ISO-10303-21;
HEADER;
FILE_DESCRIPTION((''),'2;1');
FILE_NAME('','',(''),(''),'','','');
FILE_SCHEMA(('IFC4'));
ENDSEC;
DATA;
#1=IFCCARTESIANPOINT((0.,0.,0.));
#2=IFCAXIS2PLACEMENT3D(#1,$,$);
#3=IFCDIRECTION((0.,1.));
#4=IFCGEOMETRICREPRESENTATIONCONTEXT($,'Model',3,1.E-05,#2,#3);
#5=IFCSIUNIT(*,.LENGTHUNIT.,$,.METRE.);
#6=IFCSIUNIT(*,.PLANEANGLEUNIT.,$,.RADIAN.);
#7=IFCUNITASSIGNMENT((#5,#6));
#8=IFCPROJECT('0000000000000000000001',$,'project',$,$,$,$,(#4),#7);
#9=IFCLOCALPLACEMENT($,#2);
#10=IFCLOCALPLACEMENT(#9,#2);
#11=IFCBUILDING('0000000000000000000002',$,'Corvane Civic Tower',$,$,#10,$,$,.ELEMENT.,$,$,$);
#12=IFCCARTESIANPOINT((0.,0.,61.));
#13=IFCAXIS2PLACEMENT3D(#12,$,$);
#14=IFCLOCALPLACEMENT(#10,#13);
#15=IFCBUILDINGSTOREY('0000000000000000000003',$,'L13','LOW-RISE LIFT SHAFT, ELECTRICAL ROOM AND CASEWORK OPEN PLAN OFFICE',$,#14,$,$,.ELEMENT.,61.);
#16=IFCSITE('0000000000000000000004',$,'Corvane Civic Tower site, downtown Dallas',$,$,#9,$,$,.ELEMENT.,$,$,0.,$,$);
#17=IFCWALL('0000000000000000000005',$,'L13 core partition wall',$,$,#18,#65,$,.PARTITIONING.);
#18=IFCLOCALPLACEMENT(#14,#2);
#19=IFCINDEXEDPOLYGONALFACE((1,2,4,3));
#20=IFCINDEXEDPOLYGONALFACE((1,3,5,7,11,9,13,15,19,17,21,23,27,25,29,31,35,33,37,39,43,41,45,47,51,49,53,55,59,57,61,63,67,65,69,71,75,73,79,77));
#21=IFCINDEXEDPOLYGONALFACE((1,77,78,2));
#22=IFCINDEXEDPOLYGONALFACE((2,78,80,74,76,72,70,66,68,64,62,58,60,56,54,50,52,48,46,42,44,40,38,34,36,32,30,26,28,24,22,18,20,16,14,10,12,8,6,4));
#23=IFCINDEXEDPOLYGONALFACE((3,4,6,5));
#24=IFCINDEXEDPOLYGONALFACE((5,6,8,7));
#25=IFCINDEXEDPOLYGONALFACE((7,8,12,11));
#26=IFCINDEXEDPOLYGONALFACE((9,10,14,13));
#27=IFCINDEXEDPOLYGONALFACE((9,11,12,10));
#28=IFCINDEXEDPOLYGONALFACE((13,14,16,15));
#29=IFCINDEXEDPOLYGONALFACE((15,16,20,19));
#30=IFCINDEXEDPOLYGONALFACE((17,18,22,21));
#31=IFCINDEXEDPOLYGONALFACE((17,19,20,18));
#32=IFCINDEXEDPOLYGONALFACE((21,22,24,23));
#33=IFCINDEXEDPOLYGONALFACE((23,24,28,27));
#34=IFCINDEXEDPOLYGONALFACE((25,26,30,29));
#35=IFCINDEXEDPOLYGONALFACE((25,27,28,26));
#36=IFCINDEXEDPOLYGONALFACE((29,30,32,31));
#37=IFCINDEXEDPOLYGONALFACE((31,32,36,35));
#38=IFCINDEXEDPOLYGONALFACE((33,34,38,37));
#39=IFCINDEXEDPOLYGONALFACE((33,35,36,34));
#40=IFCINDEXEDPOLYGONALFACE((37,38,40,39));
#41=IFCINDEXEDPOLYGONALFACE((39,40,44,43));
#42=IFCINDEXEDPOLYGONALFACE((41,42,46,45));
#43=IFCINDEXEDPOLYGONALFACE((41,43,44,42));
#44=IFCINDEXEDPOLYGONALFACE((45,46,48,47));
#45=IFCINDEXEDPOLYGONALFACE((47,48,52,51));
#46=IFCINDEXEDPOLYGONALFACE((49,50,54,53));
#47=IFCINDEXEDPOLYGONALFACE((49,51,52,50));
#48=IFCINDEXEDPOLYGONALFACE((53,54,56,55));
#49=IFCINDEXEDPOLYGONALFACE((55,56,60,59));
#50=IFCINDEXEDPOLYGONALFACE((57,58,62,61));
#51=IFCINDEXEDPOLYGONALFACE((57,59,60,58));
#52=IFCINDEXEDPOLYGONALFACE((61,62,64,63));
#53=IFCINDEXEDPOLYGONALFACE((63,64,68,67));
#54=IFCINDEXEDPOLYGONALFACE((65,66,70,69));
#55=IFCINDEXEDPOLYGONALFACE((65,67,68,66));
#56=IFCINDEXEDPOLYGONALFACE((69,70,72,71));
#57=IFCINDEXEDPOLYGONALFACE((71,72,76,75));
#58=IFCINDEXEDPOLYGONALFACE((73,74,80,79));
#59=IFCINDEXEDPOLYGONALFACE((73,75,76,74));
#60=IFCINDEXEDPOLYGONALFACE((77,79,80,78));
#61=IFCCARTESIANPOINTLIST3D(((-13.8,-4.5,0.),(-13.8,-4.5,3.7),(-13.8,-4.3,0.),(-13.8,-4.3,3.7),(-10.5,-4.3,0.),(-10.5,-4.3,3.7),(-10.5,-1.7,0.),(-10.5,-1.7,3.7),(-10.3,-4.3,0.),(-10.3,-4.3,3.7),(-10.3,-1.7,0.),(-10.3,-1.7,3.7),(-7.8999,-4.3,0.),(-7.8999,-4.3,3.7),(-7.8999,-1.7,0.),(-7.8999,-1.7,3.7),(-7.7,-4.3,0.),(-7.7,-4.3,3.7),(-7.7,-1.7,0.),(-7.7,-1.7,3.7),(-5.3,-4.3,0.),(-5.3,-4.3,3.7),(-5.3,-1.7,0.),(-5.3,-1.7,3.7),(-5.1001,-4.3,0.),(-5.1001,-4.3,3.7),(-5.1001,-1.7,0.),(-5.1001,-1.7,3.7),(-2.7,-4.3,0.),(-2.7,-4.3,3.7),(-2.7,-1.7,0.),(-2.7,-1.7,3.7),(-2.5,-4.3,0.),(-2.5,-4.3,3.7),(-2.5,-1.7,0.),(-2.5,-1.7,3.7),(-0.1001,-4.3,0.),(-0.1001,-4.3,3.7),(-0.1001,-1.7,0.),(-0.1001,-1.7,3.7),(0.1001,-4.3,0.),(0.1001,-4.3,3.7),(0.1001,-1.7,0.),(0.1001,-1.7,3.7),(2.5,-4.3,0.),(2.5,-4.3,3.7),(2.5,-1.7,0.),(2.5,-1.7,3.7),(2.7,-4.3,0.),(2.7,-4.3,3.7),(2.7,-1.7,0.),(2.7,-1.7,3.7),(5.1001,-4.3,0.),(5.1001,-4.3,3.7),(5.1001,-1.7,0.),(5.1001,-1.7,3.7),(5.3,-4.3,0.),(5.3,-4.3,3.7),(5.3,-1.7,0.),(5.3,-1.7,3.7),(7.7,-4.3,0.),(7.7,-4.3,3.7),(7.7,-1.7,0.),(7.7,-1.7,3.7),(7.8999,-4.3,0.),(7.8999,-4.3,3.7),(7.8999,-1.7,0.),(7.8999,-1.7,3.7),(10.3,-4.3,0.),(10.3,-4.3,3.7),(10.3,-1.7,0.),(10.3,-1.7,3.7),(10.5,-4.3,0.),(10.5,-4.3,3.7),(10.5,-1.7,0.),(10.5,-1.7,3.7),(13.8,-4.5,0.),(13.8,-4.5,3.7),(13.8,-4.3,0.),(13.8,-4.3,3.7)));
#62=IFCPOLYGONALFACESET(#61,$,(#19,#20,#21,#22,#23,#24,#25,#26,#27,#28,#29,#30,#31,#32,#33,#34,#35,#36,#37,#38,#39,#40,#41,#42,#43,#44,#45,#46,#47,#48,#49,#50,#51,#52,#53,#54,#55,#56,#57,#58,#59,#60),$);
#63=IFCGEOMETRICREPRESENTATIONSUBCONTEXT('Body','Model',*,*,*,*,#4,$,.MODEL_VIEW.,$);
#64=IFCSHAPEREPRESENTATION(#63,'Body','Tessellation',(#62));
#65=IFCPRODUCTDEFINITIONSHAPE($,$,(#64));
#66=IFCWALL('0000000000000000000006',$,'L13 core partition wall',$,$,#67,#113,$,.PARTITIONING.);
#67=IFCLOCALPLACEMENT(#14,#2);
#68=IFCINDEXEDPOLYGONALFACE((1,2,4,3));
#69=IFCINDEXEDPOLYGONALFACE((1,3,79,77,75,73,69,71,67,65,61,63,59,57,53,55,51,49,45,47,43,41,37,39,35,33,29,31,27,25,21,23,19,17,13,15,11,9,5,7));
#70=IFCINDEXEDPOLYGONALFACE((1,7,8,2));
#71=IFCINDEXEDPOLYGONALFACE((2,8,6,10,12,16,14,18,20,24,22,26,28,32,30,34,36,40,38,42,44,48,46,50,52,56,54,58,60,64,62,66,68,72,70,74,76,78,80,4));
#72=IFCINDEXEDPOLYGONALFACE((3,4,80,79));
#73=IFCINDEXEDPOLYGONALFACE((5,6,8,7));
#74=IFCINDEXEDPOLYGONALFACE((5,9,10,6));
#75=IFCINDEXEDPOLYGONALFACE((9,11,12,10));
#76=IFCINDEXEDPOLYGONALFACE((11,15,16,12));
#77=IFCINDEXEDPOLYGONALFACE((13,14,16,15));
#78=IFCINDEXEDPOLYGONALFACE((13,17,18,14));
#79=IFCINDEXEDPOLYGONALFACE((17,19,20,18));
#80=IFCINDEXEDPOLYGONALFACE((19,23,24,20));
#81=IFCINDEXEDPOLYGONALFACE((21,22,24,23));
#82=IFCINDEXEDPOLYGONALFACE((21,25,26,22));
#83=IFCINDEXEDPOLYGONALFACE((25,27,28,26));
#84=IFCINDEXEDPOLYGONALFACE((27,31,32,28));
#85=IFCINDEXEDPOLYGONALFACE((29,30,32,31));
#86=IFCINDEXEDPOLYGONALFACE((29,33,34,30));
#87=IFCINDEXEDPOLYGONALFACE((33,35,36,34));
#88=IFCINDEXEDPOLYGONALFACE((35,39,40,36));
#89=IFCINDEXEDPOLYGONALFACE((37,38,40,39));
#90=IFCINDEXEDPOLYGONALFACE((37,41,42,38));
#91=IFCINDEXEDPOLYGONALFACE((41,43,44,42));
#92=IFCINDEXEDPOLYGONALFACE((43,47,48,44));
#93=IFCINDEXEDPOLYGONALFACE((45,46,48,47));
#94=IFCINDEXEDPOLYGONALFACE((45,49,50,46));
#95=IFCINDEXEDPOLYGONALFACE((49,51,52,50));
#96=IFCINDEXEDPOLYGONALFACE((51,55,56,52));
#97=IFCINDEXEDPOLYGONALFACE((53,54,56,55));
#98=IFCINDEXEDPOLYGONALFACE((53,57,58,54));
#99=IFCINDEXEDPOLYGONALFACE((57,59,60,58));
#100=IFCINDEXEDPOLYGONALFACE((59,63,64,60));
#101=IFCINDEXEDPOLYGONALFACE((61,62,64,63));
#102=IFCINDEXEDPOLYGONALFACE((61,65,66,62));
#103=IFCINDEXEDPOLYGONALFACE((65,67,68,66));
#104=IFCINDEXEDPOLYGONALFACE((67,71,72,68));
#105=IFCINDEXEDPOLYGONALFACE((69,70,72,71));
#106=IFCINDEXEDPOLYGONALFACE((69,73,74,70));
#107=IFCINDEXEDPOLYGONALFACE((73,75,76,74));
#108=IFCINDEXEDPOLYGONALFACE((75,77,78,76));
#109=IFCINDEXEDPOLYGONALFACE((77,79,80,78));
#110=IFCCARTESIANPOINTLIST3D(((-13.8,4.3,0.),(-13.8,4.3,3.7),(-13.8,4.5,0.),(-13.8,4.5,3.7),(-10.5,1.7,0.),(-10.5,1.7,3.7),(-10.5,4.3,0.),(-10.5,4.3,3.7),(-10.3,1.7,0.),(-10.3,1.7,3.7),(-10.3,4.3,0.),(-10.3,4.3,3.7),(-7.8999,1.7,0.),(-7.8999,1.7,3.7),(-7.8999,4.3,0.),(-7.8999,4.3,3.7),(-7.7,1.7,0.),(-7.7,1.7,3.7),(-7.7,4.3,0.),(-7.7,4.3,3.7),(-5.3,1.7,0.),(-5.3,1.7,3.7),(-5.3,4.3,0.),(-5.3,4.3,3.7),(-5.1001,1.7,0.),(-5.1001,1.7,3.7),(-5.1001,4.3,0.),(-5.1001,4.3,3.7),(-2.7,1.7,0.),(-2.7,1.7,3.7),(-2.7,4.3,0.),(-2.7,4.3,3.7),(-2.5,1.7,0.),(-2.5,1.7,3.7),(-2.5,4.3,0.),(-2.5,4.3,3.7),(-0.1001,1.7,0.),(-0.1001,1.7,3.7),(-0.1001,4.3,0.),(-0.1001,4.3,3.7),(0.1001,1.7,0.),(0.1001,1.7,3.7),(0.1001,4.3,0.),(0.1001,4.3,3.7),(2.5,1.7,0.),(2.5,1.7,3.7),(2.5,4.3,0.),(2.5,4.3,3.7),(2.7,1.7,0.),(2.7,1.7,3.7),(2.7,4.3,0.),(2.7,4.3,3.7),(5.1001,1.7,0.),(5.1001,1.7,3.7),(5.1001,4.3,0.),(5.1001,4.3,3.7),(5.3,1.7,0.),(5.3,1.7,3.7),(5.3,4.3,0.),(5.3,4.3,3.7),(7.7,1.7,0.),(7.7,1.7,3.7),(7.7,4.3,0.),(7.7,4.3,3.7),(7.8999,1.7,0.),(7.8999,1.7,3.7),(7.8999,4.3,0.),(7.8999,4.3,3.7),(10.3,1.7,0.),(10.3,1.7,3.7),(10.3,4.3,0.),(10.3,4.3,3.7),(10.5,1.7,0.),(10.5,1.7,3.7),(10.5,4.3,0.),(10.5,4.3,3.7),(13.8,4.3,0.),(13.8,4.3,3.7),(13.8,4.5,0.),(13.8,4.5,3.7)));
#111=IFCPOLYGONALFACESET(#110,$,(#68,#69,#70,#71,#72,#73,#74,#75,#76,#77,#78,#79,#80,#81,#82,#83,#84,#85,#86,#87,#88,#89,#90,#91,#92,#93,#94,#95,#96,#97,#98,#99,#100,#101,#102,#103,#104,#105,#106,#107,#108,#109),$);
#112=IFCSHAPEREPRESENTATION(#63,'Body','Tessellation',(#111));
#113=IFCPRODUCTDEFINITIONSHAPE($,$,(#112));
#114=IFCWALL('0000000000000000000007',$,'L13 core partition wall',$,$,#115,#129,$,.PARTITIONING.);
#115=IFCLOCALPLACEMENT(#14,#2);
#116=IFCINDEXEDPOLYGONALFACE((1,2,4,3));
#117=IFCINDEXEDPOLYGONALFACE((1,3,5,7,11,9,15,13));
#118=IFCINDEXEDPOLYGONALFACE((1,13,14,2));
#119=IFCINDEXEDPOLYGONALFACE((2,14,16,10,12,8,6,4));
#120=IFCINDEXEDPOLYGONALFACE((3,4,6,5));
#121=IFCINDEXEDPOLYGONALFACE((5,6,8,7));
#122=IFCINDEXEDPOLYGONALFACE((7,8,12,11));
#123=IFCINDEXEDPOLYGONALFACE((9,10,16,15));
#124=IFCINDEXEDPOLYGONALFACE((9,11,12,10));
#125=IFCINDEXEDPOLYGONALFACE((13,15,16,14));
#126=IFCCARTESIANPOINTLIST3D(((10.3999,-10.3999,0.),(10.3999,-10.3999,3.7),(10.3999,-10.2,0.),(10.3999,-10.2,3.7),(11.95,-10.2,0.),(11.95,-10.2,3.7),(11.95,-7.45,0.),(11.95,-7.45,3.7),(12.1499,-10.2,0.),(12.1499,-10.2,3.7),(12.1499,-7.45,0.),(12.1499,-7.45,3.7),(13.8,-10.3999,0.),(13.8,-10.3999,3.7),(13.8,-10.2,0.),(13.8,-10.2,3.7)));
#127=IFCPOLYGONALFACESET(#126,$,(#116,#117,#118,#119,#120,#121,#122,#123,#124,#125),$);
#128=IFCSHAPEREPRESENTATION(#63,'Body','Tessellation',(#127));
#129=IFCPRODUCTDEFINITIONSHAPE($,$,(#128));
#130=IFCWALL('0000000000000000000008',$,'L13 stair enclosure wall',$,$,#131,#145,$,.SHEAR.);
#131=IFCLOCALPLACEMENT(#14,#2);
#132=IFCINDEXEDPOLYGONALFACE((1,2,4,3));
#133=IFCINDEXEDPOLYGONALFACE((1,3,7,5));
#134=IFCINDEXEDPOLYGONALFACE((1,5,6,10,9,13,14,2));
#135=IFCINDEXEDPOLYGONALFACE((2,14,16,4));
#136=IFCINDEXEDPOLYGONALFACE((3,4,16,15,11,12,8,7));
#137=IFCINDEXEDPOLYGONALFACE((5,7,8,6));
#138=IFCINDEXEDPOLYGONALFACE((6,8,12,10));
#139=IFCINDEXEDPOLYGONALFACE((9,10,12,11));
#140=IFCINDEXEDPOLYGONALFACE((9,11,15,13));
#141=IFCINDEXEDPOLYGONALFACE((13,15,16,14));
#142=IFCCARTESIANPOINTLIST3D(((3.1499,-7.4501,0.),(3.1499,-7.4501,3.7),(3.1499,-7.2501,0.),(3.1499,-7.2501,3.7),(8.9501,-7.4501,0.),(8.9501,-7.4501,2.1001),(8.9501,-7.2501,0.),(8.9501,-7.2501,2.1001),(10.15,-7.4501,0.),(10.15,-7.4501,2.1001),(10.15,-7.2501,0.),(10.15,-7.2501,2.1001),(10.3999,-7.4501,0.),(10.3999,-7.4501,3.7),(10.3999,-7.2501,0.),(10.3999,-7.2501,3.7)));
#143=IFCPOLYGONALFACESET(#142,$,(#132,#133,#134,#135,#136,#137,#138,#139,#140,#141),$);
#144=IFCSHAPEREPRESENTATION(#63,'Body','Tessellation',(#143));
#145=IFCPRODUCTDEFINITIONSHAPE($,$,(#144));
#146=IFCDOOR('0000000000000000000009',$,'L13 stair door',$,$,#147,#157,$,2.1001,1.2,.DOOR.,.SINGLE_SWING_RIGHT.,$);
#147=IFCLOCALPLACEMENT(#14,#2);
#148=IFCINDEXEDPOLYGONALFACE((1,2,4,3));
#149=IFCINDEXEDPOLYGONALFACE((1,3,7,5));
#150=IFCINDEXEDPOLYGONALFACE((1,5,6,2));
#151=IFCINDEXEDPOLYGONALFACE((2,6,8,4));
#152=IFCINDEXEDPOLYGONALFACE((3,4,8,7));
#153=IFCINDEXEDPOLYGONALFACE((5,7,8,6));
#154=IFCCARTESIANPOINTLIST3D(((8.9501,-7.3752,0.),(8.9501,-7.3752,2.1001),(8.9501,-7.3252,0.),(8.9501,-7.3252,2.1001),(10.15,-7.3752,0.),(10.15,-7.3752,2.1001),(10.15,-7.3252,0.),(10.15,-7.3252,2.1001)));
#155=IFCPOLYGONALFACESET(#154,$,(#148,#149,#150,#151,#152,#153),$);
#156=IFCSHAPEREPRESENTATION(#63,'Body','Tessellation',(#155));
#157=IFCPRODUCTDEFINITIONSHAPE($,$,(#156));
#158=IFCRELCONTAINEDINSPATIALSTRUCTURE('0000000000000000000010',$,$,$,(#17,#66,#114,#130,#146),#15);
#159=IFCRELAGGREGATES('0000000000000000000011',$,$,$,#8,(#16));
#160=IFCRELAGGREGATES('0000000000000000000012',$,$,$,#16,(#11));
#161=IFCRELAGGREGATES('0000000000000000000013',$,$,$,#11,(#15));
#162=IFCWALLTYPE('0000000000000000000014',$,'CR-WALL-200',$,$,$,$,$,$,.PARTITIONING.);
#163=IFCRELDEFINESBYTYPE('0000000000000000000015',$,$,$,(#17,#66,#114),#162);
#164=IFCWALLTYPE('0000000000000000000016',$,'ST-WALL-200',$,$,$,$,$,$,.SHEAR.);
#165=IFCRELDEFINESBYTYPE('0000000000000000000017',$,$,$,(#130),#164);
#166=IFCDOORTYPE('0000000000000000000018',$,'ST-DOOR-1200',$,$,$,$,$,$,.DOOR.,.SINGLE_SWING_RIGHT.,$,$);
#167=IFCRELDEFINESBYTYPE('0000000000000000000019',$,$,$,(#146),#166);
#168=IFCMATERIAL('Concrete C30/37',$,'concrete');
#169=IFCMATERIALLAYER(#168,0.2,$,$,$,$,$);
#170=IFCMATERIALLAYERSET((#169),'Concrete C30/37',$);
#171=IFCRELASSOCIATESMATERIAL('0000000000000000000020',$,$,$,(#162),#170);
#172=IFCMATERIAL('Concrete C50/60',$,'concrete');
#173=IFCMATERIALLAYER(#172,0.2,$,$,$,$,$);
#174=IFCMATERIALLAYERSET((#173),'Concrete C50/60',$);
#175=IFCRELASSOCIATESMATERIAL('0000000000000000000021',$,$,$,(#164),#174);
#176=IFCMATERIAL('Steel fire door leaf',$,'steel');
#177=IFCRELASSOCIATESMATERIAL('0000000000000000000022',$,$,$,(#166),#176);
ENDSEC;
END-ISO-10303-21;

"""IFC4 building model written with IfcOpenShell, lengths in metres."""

from ifc_helpers import new_model, si_unit, direction, frame, frame_2d, origin, place, context, subcontext, project, spatial, polyline, rectangle, outline, extrude, material, layer, layer_set, type_object, element, fill, save


model = new_model("IFC4")

# Units and contexts
model_context = context("Model", 3, precision=1e-05, world=origin(), true_north=direction((0.0, 1.0)))
body_context = subcontext(model_context, "Body", "Model", "MODEL_VIEW")
ifc_project = project(units=[si_unit("LENGTHUNIT", "METRE"), si_unit("PLANEANGLEUNIT", "RADIAN")], contexts=[model_context])

# Site, building, storey
site_placement = place(None, origin())
site = spatial("IfcSite", under=ifc_project, at=site_placement, Name="Corvane Civic Tower site, downtown Dallas", CompositionType="ELEMENT", RefElevation=0.0)
building_placement = place(site_placement, origin())
building = spatial("IfcBuilding", under=site, at=building_placement, Name="Corvane Civic Tower", CompositionType="ELEMENT")
storey_placement = place(building_placement, frame((0.0, 0.0, 61.0)))
storey = spatial("IfcBuildingStorey", under=building, at=storey_placement, Name="L13", Description="LOW-RISE LIFT SHAFT, ELECTRICAL ROOM AND CASEWORK OPEN PLAN OFFICE", CompositionType="ELEMENT", Elevation=61.0)

# Shared definitions
ifc_material_1 = material(Name="Concrete C30/37", Category="concrete")
ifc_layer_1 = layer(ifc_material_1, 0.2)
ifc_layer_set_1 = layer_set([ifc_layer_1], Name="Concrete C30/37")
wall_type_1 = type_object("IfcWallType", Name="CR-WALL-200", PredefinedType="PARTITIONING", material=ifc_layer_set_1)

# Walls
wall_1_placement = place(storey_placement, origin())
element("IfcWall", 1, at=wall_1_placement, inside=storey, type_object=wall_type_1, Name="L13 core partition wall", PredefinedType="PARTITIONING", context=body_context, shape_type="SweptSolid", body=[
    extrude(outline(polyline([(-10.3, -1.7), (-10.3, -4.3), (-7.8999, -4.3), (-7.8999, -1.7), (-7.7, -1.7), (-7.7, -4.3), (-5.3, -4.3), (-5.3, -1.7), (-5.1001, -1.7), (-5.1001, -4.3), (-2.7, -4.3), (-2.7, -1.7), (-2.5, -1.7), (-2.5, -4.3), (-0.1001, -4.3), (-0.1001, -1.7), (0.1001, -1.7), (0.1001, -4.3), (2.5, -4.3), (2.5, -1.7), (2.7, -1.7), (2.7, -4.3), (5.1001, -4.3), (5.1001, -1.7), (5.3, -1.7), (5.3, -4.3), (7.7, -4.3), (7.7, -1.7), (7.8999, -1.7), (7.8999, -4.3), (10.3, -4.3), (10.3, -1.7), (10.5, -1.7), (10.5, -4.3), (13.8, -4.3), (13.8, -4.5), (-13.8, -4.5), (-13.8, -4.3), (-10.5, -4.3), (-10.5, -1.7), (-10.3, -1.7)])), origin(), (0.0, 0.0, 1.0), 3.7),
])
wall_2_placement = place(storey_placement, origin())
element("IfcWall", 2, at=wall_2_placement, inside=storey, type_object=wall_type_1, Name="L13 core partition wall", PredefinedType="PARTITIONING", context=body_context, shape_type="SweptSolid", body=[
    extrude(outline(polyline([(-10.3, 1.7), (-10.5, 1.7), (-10.5, 4.3), (-13.8, 4.3), (-13.8, 4.5), (13.8, 4.5), (13.8, 4.3), (10.5, 4.3), (10.5, 1.7), (10.3, 1.7), (10.3, 4.3), (7.8999, 4.3), (7.8999, 1.7), (7.7, 1.7), (7.7, 4.3), (5.3, 4.3), (5.3, 1.7), (5.1001, 1.7), (5.1001, 4.3), (2.7, 4.3), (2.7, 1.7), (2.5, 1.7), (2.5, 4.3), (0.1001, 4.3), (0.1001, 1.7), (-0.1001, 1.7), (-0.1001, 4.3), (-2.5, 4.3), (-2.5, 1.7), (-2.7, 1.7), (-2.7, 4.3), (-5.1001, 4.3), (-5.1001, 1.7), (-5.3, 1.7), (-5.3, 4.3), (-7.7, 4.3), (-7.7, 1.7), (-7.8999, 1.7), (-7.8999, 4.3), (-10.3, 4.3), (-10.3, 1.7)])), origin(), (0.0, 0.0, 1.0), 3.7),
])
wall_3_placement = place(storey_placement, origin())
element("IfcWall", 3, at=wall_3_placement, inside=storey, type_object=wall_type_1, Name="L13 core partition wall", PredefinedType="PARTITIONING", context=body_context, shape_type="SweptSolid", body=[
    extrude(outline(polyline([(11.95, -7.45), (12.1499, -7.45), (12.1499, -10.2), (13.8, -10.2), (13.8, -10.3999), (10.3999, -10.3999), (10.3999, -10.2), (11.95, -10.2), (11.95, -7.45)])), origin(), (0.0, 0.0, 1.0), 3.7),
])

# Wall, opening, door
ifc_material_2 = material(Name="Concrete C50/60", Category="concrete")
ifc_layer_2 = layer(ifc_material_2, 0.2)
ifc_layer_set_2 = layer_set([ifc_layer_2], Name="Concrete C50/60")
wall_type_2 = type_object("IfcWallType", Name="ST-WALL-200", PredefinedType="SHEAR", material=ifc_layer_set_2)
wall_4_placement = place(storey_placement, frame((3.1499, -7.3501, 0.0), z_axis=(0.0, 0.0, 1.0), x_axis=(1.0, 0.0, 0.0)))
wall_4 = element("IfcWall", 4, at=wall_4_placement, inside=storey, type_object=wall_type_2, Name="L13 stair enclosure wall", PredefinedType="SHEAR", context=body_context, shape_type="SweptSolid", body=[
    extrude(rectangle(XDim=7.25, YDim=0.2, at=frame_2d((3.625, 0.0))), origin(), (0.0, 0.0, 1.0), 3.7),
])
opening_1_placement = place(wall_4_placement, frame((5.8, 0.0, 0.0)))
opening_1 = element("IfcOpeningElement", 5, at=opening_1_placement, cuts=wall_4, PredefinedType="OPENING", context=body_context, shape_type="SweptSolid", body=[
    extrude(rectangle(XDim=1.2, YDim=2.1001, at=frame_2d((0.6001, 1.05))), frame((0.0, 0.1099, 0.0), z_axis=(0.0, -1.0, 0.0), x_axis=(1.0, 0.0, 0.0)), (0.0, 0.0, 1.0), 0.22),
])
ifc_material_3 = material(Name="Steel fire door leaf", Category="steel")
door_type_1 = type_object("IfcDoorType", Name="ST-DOOR-1200", OperationType="SINGLE_SWING_RIGHT", PredefinedType="DOOR", material=ifc_material_3)
door_1_placement = place(opening_1_placement, origin())
door_1 = element("IfcDoor", 6, at=door_1_placement, inside=storey, type_object=door_type_1, Name="L13 stair door", OperationType="SINGLE_SWING_RIGHT", OverallHeight=2.1001, OverallWidth=1.2, PredefinedType="DOOR", context=body_context, shape_type="SweptSolid", body=[
    extrude(rectangle(XDim=1.2, YDim=2.1001, at=frame_2d((0.6001, 1.05))), frame((0.0, 0.0249, 0.0), z_axis=(0.0, -1.0, 0.0), x_axis=(1.0, 0.0, 0.0)), (0.0, 0.0, 1.0), 0.05),
])
fill(opening_1, door_1)

save(model, "model.ifc")
